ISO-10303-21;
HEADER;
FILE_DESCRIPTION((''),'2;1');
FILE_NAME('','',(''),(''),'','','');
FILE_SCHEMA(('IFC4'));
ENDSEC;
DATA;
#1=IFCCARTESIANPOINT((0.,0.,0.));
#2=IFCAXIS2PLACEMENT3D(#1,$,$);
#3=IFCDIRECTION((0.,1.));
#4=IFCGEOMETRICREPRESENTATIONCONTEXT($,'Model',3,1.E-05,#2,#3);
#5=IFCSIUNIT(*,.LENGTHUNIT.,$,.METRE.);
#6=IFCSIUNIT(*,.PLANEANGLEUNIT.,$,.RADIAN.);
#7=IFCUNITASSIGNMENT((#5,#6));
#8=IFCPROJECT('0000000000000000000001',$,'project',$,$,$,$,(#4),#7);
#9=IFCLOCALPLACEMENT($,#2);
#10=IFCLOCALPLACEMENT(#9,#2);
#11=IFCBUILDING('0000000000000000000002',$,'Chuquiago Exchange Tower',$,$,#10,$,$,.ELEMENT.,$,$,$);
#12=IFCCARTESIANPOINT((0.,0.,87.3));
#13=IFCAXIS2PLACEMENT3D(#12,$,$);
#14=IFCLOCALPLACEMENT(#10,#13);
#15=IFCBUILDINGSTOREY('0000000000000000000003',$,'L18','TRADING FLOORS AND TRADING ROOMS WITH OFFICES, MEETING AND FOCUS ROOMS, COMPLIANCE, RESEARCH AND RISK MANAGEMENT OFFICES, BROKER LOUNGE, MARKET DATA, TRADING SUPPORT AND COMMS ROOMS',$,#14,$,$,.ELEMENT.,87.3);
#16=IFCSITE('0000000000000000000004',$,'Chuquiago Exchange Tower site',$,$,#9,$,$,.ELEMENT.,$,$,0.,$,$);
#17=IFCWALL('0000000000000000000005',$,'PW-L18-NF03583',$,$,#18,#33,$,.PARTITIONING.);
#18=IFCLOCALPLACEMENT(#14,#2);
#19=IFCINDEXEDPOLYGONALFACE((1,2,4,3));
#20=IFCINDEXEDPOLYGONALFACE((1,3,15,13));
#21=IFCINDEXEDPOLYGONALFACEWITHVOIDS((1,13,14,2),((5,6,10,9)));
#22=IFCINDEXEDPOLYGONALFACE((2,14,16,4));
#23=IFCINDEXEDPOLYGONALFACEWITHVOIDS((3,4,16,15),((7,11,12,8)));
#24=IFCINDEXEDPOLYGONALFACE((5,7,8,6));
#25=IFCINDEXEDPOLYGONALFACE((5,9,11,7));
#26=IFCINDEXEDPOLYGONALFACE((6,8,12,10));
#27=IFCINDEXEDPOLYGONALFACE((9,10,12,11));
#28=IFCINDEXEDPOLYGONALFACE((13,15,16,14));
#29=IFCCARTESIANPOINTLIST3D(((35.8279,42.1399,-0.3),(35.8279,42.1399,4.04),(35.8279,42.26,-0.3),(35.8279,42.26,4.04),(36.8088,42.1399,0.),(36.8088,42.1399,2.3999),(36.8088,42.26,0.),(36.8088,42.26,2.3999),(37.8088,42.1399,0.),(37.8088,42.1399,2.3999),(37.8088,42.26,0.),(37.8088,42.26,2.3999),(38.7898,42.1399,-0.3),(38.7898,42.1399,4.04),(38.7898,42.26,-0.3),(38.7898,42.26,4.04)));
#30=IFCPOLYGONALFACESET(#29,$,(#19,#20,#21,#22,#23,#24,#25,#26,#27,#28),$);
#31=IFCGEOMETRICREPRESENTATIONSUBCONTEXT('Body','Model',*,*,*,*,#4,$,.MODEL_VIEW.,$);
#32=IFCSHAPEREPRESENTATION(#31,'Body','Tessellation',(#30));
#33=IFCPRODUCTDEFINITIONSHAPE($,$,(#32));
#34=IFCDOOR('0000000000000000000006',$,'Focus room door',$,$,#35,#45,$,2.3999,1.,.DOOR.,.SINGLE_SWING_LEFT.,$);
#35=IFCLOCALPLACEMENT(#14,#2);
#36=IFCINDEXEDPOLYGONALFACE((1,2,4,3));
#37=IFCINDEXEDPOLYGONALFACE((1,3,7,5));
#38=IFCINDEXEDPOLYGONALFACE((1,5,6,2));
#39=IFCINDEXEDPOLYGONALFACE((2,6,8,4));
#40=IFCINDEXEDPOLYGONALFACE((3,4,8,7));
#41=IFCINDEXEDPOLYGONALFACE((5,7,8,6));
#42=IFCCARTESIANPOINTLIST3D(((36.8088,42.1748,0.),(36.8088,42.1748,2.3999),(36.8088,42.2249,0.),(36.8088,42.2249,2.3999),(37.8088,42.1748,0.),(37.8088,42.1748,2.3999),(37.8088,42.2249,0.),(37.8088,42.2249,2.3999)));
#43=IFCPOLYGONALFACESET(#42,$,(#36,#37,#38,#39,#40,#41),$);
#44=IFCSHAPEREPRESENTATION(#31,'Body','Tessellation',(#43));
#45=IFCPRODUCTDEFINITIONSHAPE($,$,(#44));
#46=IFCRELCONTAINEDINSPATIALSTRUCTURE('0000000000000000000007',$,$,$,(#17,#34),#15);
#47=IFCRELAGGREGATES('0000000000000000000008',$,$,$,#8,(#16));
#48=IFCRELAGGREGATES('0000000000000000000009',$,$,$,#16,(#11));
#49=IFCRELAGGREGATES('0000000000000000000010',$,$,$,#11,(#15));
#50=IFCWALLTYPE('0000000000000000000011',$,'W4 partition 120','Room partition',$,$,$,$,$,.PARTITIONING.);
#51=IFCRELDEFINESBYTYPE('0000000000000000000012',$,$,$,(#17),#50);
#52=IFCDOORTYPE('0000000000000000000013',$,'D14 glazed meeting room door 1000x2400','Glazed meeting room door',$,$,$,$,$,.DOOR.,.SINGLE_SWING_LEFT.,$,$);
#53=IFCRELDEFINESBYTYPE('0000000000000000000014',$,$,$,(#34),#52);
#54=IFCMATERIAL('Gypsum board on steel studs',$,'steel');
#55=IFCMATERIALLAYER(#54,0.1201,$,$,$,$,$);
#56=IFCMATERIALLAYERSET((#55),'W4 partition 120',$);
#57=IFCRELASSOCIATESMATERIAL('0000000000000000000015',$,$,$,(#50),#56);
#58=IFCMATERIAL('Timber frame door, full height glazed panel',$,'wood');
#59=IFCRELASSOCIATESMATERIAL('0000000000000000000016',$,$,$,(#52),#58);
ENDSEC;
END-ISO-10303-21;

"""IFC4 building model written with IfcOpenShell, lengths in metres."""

from ifc_helpers import new_model, si_unit, direction, frame, frame_2d, origin, place, context, subcontext, project, spatial, rectangle, extrude, material, layer, layer_set, type_object, element, fill, save


model = new_model("IFC4")

# Units and contexts
model_context = context("Model", 3, precision=1e-05, world=origin(), true_north=direction((0.0, 1.0)))
body_context = subcontext(model_context, "Body", "Model", "MODEL_VIEW")
ifc_project = project(units=[si_unit("LENGTHUNIT", "METRE"), si_unit("PLANEANGLEUNIT", "RADIAN")], contexts=[model_context])

# Site, building, storey
site_placement = place(None, origin())
site = spatial("IfcSite", under=ifc_project, at=site_placement, Name="Chuquiago Exchange Tower site", CompositionType="ELEMENT", RefElevation=0.0)
building_placement = place(site_placement, origin())
building = spatial("IfcBuilding", under=site, at=building_placement, Name="Chuquiago Exchange Tower", CompositionType="ELEMENT")
storey_placement = place(building_placement, frame((0.0, 0.0, 87.3)))
storey = spatial("IfcBuildingStorey", under=building, at=storey_placement, Name="L18", Description="TRADING FLOORS AND TRADING ROOMS WITH OFFICES, MEETING AND FOCUS ROOMS, COMPLIANCE, RESEARCH AND RISK MANAGEMENT OFFICES, BROKER LOUNGE, MARKET DATA, TRADING SUPPORT AND COMMS ROOMS", CompositionType="ELEMENT", Elevation=87.3)

# Shared definitions
ifc_material_1 = material(Name="Gypsum board on steel studs", Category="steel")
ifc_layer_1 = layer(ifc_material_1, 0.1201)
ifc_layer_set_1 = layer_set([ifc_layer_1], Name="W4 partition 120")
wall_type = type_object("IfcWallType", Name="W4 partition 120", Description="Room partition", PredefinedType="PARTITIONING", material=ifc_layer_set_1)

# Wall, opening, door
wall_1_placement = place(storey_placement, frame((35.8279, 42.2, -0.3), z_axis=(0.0, 0.0, 1.0), x_axis=(1.0, 0.0, 0.0)))
wall_1 = element("IfcWall", 1, at=wall_1_placement, inside=storey, type_object=wall_type, Name="PW-L18-NF03583", PredefinedType="PARTITIONING", context=body_context, shape_type="SweptSolid", body=[
    extrude(rectangle(XDim=2.9619, YDim=0.1201, at=frame_2d((1.481, 0.0))), origin(), (0.0, 0.0, 1.0), 4.3401),
])
opening_placement = place(wall_1_placement, frame((0.981, 0.0, 0.3)))
opening = element("IfcOpeningElement", 2, at=opening_placement, cuts=wall_1, PredefinedType="OPENING", context=body_context, shape_type="SweptSolid", body=[
    extrude(rectangle(XDim=1.0, YDim=2.3999, at=frame_2d((0.5, 1.2))), frame((0.0, 0.0701, 0.0), z_axis=(0.0, -1.0, 0.0), x_axis=(1.0, 0.0, 0.0)), (0.0, 0.0, 1.0), 0.1401),
])
ifc_material_2 = material(Name="Timber frame door, full height glazed panel", Category="wood")
door_type = type_object("IfcDoorType", Name="D14 glazed meeting room door 1000x2400", Description="Glazed meeting room door", OperationType="SINGLE_SWING_LEFT", PredefinedType="DOOR", material=ifc_material_2)
door_placement = place(opening_placement, origin())
door = element("IfcDoor", 3, at=door_placement, inside=storey, type_object=door_type, Name="Focus room door", OperationType="SINGLE_SWING_LEFT", OverallHeight=2.3999, OverallWidth=1.0, PredefinedType="DOOR", context=body_context, shape_type="SweptSolid", body=[
    extrude(rectangle(XDim=1.0, YDim=2.3999, at=frame_2d((0.5, 1.2))), frame((0.0, 0.0249, 0.0), z_axis=(0.0, -1.0, 0.0), x_axis=(1.0, 0.0, 0.0)), (0.0, 0.0, 1.0), 0.05),
])
fill(opening, door)

save(model, "model.ifc")
